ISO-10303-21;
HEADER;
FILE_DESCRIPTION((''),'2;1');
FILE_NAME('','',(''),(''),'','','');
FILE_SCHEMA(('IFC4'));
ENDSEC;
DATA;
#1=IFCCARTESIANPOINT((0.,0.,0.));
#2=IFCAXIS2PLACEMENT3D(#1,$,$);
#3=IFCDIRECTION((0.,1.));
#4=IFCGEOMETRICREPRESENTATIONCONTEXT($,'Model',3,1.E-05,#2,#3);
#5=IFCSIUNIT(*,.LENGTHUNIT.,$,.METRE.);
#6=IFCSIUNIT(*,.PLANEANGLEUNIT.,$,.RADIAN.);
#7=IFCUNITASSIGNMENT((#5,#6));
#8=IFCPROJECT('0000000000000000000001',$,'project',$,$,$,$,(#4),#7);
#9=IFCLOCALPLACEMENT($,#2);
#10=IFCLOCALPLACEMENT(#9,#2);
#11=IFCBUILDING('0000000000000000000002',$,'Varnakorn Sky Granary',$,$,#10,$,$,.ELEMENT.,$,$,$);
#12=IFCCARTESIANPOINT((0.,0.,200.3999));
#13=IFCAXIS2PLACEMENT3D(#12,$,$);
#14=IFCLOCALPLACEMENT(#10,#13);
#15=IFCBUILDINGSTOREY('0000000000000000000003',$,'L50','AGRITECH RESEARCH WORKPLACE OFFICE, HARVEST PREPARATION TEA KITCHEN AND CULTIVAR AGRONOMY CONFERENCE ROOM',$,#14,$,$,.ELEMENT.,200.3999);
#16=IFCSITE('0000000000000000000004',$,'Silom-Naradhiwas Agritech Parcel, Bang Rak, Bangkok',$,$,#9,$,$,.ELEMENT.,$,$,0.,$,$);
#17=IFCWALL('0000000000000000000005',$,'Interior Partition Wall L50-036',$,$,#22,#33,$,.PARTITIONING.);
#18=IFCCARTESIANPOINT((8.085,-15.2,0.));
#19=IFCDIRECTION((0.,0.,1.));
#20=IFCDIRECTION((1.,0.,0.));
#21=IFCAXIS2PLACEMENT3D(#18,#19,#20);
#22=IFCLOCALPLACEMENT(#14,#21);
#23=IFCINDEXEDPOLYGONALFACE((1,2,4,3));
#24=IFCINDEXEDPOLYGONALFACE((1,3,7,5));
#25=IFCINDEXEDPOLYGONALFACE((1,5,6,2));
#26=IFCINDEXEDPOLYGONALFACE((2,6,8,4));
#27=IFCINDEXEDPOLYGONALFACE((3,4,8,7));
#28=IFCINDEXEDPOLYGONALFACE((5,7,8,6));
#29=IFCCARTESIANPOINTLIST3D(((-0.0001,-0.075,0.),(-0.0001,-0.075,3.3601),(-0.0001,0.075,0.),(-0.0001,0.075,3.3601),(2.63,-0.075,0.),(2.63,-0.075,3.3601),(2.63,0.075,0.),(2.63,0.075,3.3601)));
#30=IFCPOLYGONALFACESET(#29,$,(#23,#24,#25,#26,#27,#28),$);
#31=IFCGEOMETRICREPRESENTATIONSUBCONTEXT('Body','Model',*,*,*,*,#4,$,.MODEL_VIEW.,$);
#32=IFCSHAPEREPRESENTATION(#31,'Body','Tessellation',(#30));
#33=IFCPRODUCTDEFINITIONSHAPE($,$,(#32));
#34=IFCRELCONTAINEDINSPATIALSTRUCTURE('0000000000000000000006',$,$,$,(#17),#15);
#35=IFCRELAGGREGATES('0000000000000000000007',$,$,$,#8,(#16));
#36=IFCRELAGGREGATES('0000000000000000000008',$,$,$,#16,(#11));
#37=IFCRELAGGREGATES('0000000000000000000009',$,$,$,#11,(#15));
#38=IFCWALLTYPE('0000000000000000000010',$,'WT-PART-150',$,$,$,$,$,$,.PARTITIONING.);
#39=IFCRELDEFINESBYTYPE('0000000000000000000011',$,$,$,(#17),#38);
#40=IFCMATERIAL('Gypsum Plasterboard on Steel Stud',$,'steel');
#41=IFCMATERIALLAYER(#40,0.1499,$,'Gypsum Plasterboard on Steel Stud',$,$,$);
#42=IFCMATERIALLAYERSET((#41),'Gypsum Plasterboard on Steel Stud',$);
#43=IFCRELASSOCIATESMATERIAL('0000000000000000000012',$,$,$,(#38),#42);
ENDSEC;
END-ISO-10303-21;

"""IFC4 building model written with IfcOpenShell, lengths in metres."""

from ifc_helpers import new_model, si_unit, direction, frame, frame_2d, origin, place, context, subcontext, project, spatial, rectangle, extrude, material, layer, layer_set, type_object, element, save


model = new_model("IFC4")

# Units and contexts
model_context = context("Model", 3, precision=1e-05, world=origin(), true_north=direction((0.0, 1.0)))
body_context = subcontext(model_context, "Body", "Model", "MODEL_VIEW")
ifc_project = project(units=[si_unit("LENGTHUNIT", "METRE"), si_unit("PLANEANGLEUNIT", "RADIAN")], contexts=[model_context])

# Site, building, storey
site_placement = place(None, origin())
site = spatial("IfcSite", under=ifc_project, at=site_placement, Name="Silom-Naradhiwas Agritech Parcel, Bang Rak, Bangkok", CompositionType="ELEMENT", RefElevation=0.0)
building_placement = place(site_placement, origin())
building = spatial("IfcBuilding", under=site, at=building_placement, Name="Varnakorn Sky Granary", CompositionType="ELEMENT")
storey_placement = place(building_placement, frame((0.0, 0.0, 200.3999)))
storey = spatial("IfcBuildingStorey", under=building, at=storey_placement, Name="L50", Description="AGRITECH RESEARCH WORKPLACE OFFICE, HARVEST PREPARATION TEA KITCHEN AND CULTIVAR AGRONOMY CONFERENCE ROOM", CompositionType="ELEMENT", Elevation=200.3999)

# Wall
ifc_material_1 = material(Name="Gypsum Plasterboard on Steel Stud", Category="steel")
ifc_layer_1 = layer(ifc_material_1, 0.1499, Name="Gypsum Plasterboard on Steel Stud")
ifc_layer_set_1 = layer_set([ifc_layer_1], Name="Gypsum Plasterboard on Steel Stud")
wall_type = type_object("IfcWallType", Name="WT-PART-150", PredefinedType="PARTITIONING", material=ifc_layer_set_1)
wall_1_placement = place(storey_placement, frame((8.085, -15.2, 0.0), z_axis=(0.0, 0.0, 1.0), x_axis=(1.0, 0.0, 0.0)))
element("IfcWall", 1, at=wall_1_placement, inside=storey, type_object=wall_type, Name="Interior Partition Wall L50-036", PredefinedType="PARTITIONING", context=body_context, shape_type="SweptSolid", body=[
    extrude(rectangle(XDim=2.6301, YDim=0.1499, at=frame_2d((1.3149, 0.0))), origin(), (0.0, 0.0, 1.0), 3.3601),
])

save(model, "model.ifc")
